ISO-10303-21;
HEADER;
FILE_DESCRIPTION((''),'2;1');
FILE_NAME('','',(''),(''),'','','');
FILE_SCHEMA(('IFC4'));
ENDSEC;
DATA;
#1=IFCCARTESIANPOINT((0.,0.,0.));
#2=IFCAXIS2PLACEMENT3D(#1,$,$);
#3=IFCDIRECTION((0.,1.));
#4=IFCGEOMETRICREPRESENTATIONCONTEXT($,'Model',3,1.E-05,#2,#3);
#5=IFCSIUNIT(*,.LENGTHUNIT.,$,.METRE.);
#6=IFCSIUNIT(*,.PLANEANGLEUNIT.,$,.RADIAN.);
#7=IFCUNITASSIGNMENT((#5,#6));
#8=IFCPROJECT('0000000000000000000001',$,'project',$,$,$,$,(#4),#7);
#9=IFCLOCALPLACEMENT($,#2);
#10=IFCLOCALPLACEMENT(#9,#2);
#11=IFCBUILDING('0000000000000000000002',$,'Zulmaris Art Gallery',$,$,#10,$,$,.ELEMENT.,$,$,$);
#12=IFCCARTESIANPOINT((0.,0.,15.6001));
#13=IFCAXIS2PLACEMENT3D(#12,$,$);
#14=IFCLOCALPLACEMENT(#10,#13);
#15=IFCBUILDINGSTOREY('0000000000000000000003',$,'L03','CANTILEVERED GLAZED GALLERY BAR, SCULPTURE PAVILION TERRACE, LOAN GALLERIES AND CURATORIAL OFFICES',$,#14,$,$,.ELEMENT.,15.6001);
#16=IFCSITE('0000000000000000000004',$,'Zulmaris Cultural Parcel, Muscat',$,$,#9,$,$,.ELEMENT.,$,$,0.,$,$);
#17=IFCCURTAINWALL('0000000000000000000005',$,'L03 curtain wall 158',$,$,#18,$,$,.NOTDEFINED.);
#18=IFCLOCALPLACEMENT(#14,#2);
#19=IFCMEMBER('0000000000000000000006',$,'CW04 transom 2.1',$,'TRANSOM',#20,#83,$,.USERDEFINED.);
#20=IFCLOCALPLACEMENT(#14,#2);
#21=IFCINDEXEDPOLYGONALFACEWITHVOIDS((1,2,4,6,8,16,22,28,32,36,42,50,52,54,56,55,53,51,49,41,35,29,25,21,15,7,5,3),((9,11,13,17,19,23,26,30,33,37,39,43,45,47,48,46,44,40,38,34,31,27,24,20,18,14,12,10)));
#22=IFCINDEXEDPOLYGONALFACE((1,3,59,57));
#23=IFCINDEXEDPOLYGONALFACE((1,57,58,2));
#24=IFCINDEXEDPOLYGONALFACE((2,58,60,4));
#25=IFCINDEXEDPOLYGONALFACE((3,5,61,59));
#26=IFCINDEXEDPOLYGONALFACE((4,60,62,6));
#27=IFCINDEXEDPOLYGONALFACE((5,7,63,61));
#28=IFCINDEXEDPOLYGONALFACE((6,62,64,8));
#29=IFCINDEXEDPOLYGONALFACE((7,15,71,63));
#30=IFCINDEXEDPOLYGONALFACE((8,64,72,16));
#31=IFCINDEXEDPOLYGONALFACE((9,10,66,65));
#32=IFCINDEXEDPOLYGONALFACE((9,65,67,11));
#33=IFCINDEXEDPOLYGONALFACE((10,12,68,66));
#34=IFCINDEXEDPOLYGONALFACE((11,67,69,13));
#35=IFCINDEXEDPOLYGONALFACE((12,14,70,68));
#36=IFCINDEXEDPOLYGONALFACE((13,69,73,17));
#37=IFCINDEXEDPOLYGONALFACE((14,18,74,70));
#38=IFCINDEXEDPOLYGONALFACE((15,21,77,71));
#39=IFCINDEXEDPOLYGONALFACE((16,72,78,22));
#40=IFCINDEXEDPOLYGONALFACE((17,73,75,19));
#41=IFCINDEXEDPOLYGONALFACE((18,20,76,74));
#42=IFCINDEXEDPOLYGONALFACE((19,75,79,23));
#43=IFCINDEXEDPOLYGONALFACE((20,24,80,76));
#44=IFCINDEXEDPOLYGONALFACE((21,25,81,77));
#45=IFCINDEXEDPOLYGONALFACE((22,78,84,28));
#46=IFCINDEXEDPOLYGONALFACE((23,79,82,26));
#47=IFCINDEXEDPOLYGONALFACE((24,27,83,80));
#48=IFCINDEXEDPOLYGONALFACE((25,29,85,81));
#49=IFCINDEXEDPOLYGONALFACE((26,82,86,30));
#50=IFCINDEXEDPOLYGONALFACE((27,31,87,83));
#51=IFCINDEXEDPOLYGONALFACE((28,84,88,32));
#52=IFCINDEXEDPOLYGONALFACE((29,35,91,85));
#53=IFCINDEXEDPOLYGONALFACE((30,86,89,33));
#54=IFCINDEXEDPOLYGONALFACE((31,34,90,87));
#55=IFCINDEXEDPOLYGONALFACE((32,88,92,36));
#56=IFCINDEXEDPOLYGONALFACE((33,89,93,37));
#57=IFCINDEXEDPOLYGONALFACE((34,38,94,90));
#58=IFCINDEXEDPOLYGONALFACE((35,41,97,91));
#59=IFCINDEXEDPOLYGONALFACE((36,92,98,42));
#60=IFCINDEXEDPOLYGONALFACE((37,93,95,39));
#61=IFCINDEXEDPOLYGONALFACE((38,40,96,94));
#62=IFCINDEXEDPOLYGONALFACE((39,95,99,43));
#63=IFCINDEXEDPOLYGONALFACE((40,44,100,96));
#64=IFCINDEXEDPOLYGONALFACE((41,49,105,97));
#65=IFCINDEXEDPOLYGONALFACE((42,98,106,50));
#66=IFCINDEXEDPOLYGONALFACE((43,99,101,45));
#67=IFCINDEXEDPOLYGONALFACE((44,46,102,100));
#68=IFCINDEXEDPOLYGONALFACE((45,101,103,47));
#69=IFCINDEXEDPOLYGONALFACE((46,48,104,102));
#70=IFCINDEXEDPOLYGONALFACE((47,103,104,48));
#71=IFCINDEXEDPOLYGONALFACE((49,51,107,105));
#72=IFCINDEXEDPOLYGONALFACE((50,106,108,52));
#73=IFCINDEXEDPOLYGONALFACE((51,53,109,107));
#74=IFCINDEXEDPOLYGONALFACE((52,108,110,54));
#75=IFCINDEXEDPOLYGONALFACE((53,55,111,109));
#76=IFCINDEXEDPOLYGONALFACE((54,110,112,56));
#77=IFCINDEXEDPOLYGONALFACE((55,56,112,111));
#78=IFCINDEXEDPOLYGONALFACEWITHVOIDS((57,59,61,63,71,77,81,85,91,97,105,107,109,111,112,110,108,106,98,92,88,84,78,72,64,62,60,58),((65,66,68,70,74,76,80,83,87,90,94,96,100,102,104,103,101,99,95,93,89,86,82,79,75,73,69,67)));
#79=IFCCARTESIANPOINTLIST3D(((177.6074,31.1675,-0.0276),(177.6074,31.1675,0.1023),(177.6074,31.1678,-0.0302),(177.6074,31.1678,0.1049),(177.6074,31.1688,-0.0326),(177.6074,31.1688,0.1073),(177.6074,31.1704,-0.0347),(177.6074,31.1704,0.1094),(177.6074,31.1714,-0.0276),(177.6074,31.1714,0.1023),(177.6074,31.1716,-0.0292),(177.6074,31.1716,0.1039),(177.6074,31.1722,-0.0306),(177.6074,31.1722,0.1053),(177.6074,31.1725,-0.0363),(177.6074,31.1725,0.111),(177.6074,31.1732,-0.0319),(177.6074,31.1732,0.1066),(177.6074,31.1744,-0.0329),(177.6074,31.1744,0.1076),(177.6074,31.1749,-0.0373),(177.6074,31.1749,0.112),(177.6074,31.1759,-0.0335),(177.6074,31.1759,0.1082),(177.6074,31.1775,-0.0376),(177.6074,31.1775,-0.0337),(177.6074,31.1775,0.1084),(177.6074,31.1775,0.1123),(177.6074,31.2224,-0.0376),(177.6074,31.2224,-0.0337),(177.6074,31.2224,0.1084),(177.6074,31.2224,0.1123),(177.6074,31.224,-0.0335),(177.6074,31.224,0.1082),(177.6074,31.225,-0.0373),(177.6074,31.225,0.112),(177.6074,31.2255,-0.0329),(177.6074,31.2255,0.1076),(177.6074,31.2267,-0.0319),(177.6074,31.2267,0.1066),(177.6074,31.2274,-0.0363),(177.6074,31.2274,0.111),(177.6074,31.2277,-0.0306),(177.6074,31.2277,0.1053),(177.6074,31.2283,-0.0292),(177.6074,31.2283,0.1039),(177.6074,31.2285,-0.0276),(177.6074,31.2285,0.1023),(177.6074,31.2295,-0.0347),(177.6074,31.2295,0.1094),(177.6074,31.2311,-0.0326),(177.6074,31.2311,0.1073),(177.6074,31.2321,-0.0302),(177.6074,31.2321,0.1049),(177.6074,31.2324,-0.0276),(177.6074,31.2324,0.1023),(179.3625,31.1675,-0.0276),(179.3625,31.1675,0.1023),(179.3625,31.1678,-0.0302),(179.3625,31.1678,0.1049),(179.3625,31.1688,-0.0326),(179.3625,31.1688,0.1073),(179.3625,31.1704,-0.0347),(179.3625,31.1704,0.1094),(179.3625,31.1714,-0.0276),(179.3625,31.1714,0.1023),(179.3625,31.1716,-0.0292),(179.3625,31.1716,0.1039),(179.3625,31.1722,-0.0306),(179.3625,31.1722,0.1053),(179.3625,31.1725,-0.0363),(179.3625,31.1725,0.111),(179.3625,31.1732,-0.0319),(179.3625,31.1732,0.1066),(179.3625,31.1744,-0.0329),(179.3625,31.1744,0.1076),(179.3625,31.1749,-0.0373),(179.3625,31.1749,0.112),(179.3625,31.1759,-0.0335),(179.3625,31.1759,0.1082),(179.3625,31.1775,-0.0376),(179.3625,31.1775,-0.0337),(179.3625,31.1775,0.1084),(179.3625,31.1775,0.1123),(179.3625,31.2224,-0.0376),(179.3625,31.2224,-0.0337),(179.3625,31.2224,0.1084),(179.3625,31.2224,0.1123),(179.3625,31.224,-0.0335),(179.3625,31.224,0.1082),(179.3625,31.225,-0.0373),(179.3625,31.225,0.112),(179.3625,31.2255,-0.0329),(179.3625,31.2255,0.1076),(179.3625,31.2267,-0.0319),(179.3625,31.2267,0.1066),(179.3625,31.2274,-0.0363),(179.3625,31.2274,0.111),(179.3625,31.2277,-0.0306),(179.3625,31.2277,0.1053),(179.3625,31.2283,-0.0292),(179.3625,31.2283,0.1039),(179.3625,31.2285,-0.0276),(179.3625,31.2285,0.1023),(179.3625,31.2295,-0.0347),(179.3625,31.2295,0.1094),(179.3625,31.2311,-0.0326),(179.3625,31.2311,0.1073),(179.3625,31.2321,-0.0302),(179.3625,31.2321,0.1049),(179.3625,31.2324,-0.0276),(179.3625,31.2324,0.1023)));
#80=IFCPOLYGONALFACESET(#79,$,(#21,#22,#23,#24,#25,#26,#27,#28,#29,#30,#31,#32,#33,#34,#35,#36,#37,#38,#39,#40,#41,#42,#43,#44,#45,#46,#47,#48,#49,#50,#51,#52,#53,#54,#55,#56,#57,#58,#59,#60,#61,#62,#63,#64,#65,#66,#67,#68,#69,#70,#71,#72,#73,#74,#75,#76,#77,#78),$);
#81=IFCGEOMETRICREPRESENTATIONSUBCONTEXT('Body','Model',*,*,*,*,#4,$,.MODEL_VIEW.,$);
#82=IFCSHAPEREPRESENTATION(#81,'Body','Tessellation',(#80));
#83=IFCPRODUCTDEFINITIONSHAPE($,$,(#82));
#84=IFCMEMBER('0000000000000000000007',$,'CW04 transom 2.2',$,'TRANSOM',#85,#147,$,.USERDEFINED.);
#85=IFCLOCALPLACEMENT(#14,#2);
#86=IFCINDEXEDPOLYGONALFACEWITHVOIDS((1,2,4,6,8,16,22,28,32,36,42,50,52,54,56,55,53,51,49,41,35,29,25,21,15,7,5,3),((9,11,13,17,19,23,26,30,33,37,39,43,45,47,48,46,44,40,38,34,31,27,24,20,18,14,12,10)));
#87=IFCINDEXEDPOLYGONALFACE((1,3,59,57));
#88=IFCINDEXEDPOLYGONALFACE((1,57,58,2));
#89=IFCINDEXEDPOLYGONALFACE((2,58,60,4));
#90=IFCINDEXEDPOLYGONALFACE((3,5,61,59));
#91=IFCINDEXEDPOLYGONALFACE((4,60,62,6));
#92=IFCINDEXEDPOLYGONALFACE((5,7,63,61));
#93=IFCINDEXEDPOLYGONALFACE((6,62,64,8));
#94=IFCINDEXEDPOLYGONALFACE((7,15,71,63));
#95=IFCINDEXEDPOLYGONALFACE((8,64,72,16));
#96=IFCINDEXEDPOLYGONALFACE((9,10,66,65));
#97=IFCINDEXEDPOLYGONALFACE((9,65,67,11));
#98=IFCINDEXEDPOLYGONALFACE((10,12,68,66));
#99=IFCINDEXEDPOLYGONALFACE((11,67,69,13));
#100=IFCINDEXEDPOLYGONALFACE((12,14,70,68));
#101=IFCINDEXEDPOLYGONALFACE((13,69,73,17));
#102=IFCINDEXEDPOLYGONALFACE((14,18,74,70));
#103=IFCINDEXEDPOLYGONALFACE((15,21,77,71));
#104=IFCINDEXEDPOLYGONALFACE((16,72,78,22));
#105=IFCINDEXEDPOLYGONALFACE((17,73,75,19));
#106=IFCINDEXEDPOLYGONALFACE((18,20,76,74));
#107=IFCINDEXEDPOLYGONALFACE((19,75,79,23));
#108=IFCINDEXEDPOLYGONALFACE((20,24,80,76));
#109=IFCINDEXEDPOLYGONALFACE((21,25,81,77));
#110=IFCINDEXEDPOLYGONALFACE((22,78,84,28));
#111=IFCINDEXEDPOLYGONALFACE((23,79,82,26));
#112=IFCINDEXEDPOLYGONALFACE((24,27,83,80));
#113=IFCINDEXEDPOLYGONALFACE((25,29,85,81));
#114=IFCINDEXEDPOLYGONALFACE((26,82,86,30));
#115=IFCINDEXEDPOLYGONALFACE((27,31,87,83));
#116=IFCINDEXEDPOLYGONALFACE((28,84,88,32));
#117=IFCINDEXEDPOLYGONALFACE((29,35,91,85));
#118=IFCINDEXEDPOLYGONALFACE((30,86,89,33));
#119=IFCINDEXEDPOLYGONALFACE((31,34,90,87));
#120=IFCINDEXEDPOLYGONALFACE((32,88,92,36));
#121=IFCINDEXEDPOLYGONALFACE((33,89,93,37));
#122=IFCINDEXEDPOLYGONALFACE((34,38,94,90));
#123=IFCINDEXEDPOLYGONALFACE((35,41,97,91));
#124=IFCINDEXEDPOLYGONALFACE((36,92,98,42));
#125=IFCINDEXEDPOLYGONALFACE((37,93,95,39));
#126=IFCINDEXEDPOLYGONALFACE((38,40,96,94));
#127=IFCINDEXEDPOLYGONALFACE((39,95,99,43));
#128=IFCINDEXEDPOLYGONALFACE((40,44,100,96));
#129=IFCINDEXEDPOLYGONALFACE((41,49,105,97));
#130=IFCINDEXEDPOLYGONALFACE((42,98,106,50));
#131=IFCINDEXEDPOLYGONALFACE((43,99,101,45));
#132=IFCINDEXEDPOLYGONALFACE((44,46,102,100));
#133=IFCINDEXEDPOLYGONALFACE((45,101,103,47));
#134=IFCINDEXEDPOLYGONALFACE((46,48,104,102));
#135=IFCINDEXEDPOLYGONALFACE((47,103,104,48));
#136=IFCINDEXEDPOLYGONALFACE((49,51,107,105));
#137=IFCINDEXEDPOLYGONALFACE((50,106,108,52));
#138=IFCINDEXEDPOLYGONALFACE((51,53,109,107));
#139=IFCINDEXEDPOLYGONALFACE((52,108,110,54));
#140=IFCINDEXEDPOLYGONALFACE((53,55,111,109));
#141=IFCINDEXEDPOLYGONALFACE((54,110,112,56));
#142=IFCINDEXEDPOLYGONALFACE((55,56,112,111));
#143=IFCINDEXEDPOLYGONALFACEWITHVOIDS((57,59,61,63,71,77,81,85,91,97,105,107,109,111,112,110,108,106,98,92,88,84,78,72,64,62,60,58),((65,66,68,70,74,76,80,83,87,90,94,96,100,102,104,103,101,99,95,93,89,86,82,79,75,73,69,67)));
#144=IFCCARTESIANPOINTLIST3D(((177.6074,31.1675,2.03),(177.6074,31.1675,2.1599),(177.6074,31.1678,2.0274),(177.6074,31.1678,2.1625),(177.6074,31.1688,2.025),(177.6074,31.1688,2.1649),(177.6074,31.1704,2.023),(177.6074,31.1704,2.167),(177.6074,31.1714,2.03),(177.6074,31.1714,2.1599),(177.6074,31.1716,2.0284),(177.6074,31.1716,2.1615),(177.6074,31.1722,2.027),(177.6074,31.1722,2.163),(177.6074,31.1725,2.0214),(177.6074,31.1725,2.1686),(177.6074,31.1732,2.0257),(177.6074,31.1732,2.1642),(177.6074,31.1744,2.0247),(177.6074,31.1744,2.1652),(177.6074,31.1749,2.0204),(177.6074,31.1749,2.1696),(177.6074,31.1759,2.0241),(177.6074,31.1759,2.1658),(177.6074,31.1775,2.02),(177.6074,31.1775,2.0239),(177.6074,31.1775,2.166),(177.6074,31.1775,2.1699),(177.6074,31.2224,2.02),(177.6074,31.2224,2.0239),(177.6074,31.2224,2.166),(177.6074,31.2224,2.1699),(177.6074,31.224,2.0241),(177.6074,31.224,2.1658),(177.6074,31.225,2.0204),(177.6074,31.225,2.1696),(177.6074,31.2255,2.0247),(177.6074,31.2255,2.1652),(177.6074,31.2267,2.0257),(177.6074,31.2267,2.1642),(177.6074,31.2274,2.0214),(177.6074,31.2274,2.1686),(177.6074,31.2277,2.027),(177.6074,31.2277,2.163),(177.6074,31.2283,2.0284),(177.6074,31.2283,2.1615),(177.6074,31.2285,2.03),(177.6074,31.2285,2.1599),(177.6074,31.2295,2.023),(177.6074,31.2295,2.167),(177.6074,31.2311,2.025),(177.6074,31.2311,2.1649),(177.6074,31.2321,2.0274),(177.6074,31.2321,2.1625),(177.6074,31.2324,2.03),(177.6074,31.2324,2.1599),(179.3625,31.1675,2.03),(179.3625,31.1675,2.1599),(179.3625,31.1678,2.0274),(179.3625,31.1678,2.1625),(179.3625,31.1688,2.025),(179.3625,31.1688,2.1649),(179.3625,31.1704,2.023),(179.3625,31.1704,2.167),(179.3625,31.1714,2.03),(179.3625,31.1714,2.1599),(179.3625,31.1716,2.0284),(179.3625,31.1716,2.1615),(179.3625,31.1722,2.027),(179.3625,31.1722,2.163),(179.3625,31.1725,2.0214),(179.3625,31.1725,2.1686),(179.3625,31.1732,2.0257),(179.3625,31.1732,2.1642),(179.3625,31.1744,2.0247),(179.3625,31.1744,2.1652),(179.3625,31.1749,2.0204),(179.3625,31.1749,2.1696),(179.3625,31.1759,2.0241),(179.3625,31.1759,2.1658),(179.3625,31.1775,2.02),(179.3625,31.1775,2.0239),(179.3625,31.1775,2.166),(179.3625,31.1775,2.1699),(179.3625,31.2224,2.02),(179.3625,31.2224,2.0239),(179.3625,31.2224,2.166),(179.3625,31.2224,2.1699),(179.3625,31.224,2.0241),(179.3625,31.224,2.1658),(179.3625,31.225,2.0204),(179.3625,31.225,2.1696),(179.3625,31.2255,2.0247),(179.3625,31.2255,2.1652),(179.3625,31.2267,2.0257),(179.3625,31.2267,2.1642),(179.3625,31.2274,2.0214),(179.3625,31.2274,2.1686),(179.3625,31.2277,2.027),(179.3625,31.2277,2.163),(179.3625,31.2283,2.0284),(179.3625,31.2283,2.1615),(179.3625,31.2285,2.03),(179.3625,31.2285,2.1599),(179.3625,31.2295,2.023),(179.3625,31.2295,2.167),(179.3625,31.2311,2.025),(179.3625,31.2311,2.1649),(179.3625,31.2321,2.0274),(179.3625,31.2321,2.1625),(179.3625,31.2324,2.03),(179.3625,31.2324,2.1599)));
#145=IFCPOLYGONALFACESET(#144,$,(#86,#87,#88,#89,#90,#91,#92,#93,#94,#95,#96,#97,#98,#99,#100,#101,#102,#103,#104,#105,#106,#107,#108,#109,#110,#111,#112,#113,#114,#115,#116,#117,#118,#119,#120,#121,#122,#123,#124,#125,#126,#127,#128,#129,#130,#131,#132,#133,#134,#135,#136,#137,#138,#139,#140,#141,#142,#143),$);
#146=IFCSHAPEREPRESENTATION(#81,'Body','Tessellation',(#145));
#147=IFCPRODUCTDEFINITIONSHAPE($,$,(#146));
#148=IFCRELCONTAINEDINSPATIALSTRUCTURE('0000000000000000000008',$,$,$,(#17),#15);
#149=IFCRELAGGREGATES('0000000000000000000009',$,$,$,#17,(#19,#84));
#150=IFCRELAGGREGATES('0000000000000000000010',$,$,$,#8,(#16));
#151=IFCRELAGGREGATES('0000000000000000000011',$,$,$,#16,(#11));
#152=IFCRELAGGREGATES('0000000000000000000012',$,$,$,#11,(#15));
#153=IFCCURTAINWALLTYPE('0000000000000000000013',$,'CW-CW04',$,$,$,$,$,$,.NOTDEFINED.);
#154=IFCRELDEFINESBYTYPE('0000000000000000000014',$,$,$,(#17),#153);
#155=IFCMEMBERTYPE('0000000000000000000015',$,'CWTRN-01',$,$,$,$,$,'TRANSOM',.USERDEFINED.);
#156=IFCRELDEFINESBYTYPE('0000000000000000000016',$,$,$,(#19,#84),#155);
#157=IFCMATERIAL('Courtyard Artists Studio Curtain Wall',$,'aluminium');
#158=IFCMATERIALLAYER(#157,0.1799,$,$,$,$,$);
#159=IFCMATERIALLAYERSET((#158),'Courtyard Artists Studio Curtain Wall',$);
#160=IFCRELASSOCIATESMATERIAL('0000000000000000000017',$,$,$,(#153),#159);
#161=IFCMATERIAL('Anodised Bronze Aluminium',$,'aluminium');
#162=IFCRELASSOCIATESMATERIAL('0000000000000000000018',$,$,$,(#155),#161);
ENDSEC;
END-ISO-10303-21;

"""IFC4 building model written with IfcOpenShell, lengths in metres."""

from ifc_helpers import new_model, si_unit, direction, frame, origin, origin_2d, place, context, subcontext, project, spatial, hollow_rectangle, extrude, material, layer, layer_set, material_profile, profile_set, type_object, element, aggregate, save


model = new_model("IFC4")

# Units and contexts
model_context = context("Model", 3, precision=1e-05, world=origin(), true_north=direction((0.0, 1.0)))
body_context = subcontext(model_context, "Body", "Model", "MODEL_VIEW")
ifc_project = project(units=[si_unit("LENGTHUNIT", "METRE"), si_unit("PLANEANGLEUNIT", "RADIAN")], contexts=[model_context])

# Site, building, storey
site_placement = place(None, origin())
site = spatial("IfcSite", under=ifc_project, at=site_placement, Name="Zulmaris Cultural Parcel, Muscat", CompositionType="ELEMENT", RefElevation=0.0)
building_placement = place(site_placement, origin())
building = spatial("IfcBuilding", under=site, at=building_placement, Name="Zulmaris Art Gallery", CompositionType="ELEMENT")
storey_placement = place(building_placement, frame((0.0, 0.0, 15.6001)))
storey = spatial("IfcBuildingStorey", under=building, at=storey_placement, Name="L03", Description="CANTILEVERED GLAZED GALLERY BAR, SCULPTURE PAVILION TERRACE, LOAN GALLERIES AND CURATORIAL OFFICES", CompositionType="ELEMENT", Elevation=15.6001)

# Curtain wall, members
ifc_material_1 = material(Name="Courtyard Artists Studio Curtain Wall", Category="aluminium")
ifc_layer_1 = layer(ifc_material_1, 0.1799)
ifc_layer_set_1 = layer_set([ifc_layer_1], Name="Courtyard Artists Studio Curtain Wall")
curtain_wall_type = type_object("IfcCurtainWallType", Name="CW-CW04", PredefinedType="NOTDEFINED", material=ifc_layer_set_1)
curtain_wall_placement = place(storey_placement, origin())
curtain_wall = element("IfcCurtainWall", 1, at=curtain_wall_placement, inside=storey, type_object=curtain_wall_type, Name="L03 curtain wall 158", PredefinedType="NOTDEFINED")
ifc_material_2 = material(Name="Anodised Bronze Aluminium", Category="aluminium")
ifc_material_profile_1 = material_profile(ifc_material_2, hollow_rectangle(XDim=0.0649, YDim=0.1499, WallThickness=0.0039, InnerFilletRadius=0.0061, OuterFilletRadius=0.01, at=origin_2d()), Name="ALU 65x150x4")
ifc_profile_set_1 = profile_set([ifc_material_profile_1], Name="Anodised Bronze Aluminium")
member_type_1 = type_object("IfcMemberType", Name="CWTRN-01", ElementType="TRANSOM", PredefinedType="USERDEFINED", material=ifc_profile_set_1)
member_1_placement = place(storey_placement, frame((177.6074, 31.2, 0.0374), z_axis=(1.0, 0.0, 0.0), x_axis=(0.0, 1.0, 0.0)))
member_1 = element("IfcMember", 2, at=member_1_placement, type_object=member_type_1, Name="CW04 transom 2.1", ObjectType="TRANSOM", PredefinedType="USERDEFINED", context=body_context, shape_type="SweptSolid", body=[
    extrude(hollow_rectangle(XDim=0.0649, YDim=0.1499, WallThickness=0.0039, InnerFilletRadius=0.0061, OuterFilletRadius=0.01, at=origin_2d()), origin(), (0.0, 0.0, 1.0), 1.7551),
])
member_2_placement = place(storey_placement, frame((177.6074, 31.2, 2.095), z_axis=(1.0, 0.0, 0.0), x_axis=(0.0, 1.0, 0.0)))
member_2 = element("IfcMember", 3, at=member_2_placement, type_object=member_type_1, Name="CW04 transom 2.2", ObjectType="TRANSOM", PredefinedType="USERDEFINED", context=body_context, shape_type="SweptSolid", body=[
    extrude(hollow_rectangle(XDim=0.0649, YDim=0.1499, WallThickness=0.0039, InnerFilletRadius=0.0061, OuterFilletRadius=0.01, at=origin_2d()), origin(), (0.0, 0.0, 1.0), 1.7551),
])
aggregate(curtain_wall, [member_1, member_2])

save(model, "model.ifc")
